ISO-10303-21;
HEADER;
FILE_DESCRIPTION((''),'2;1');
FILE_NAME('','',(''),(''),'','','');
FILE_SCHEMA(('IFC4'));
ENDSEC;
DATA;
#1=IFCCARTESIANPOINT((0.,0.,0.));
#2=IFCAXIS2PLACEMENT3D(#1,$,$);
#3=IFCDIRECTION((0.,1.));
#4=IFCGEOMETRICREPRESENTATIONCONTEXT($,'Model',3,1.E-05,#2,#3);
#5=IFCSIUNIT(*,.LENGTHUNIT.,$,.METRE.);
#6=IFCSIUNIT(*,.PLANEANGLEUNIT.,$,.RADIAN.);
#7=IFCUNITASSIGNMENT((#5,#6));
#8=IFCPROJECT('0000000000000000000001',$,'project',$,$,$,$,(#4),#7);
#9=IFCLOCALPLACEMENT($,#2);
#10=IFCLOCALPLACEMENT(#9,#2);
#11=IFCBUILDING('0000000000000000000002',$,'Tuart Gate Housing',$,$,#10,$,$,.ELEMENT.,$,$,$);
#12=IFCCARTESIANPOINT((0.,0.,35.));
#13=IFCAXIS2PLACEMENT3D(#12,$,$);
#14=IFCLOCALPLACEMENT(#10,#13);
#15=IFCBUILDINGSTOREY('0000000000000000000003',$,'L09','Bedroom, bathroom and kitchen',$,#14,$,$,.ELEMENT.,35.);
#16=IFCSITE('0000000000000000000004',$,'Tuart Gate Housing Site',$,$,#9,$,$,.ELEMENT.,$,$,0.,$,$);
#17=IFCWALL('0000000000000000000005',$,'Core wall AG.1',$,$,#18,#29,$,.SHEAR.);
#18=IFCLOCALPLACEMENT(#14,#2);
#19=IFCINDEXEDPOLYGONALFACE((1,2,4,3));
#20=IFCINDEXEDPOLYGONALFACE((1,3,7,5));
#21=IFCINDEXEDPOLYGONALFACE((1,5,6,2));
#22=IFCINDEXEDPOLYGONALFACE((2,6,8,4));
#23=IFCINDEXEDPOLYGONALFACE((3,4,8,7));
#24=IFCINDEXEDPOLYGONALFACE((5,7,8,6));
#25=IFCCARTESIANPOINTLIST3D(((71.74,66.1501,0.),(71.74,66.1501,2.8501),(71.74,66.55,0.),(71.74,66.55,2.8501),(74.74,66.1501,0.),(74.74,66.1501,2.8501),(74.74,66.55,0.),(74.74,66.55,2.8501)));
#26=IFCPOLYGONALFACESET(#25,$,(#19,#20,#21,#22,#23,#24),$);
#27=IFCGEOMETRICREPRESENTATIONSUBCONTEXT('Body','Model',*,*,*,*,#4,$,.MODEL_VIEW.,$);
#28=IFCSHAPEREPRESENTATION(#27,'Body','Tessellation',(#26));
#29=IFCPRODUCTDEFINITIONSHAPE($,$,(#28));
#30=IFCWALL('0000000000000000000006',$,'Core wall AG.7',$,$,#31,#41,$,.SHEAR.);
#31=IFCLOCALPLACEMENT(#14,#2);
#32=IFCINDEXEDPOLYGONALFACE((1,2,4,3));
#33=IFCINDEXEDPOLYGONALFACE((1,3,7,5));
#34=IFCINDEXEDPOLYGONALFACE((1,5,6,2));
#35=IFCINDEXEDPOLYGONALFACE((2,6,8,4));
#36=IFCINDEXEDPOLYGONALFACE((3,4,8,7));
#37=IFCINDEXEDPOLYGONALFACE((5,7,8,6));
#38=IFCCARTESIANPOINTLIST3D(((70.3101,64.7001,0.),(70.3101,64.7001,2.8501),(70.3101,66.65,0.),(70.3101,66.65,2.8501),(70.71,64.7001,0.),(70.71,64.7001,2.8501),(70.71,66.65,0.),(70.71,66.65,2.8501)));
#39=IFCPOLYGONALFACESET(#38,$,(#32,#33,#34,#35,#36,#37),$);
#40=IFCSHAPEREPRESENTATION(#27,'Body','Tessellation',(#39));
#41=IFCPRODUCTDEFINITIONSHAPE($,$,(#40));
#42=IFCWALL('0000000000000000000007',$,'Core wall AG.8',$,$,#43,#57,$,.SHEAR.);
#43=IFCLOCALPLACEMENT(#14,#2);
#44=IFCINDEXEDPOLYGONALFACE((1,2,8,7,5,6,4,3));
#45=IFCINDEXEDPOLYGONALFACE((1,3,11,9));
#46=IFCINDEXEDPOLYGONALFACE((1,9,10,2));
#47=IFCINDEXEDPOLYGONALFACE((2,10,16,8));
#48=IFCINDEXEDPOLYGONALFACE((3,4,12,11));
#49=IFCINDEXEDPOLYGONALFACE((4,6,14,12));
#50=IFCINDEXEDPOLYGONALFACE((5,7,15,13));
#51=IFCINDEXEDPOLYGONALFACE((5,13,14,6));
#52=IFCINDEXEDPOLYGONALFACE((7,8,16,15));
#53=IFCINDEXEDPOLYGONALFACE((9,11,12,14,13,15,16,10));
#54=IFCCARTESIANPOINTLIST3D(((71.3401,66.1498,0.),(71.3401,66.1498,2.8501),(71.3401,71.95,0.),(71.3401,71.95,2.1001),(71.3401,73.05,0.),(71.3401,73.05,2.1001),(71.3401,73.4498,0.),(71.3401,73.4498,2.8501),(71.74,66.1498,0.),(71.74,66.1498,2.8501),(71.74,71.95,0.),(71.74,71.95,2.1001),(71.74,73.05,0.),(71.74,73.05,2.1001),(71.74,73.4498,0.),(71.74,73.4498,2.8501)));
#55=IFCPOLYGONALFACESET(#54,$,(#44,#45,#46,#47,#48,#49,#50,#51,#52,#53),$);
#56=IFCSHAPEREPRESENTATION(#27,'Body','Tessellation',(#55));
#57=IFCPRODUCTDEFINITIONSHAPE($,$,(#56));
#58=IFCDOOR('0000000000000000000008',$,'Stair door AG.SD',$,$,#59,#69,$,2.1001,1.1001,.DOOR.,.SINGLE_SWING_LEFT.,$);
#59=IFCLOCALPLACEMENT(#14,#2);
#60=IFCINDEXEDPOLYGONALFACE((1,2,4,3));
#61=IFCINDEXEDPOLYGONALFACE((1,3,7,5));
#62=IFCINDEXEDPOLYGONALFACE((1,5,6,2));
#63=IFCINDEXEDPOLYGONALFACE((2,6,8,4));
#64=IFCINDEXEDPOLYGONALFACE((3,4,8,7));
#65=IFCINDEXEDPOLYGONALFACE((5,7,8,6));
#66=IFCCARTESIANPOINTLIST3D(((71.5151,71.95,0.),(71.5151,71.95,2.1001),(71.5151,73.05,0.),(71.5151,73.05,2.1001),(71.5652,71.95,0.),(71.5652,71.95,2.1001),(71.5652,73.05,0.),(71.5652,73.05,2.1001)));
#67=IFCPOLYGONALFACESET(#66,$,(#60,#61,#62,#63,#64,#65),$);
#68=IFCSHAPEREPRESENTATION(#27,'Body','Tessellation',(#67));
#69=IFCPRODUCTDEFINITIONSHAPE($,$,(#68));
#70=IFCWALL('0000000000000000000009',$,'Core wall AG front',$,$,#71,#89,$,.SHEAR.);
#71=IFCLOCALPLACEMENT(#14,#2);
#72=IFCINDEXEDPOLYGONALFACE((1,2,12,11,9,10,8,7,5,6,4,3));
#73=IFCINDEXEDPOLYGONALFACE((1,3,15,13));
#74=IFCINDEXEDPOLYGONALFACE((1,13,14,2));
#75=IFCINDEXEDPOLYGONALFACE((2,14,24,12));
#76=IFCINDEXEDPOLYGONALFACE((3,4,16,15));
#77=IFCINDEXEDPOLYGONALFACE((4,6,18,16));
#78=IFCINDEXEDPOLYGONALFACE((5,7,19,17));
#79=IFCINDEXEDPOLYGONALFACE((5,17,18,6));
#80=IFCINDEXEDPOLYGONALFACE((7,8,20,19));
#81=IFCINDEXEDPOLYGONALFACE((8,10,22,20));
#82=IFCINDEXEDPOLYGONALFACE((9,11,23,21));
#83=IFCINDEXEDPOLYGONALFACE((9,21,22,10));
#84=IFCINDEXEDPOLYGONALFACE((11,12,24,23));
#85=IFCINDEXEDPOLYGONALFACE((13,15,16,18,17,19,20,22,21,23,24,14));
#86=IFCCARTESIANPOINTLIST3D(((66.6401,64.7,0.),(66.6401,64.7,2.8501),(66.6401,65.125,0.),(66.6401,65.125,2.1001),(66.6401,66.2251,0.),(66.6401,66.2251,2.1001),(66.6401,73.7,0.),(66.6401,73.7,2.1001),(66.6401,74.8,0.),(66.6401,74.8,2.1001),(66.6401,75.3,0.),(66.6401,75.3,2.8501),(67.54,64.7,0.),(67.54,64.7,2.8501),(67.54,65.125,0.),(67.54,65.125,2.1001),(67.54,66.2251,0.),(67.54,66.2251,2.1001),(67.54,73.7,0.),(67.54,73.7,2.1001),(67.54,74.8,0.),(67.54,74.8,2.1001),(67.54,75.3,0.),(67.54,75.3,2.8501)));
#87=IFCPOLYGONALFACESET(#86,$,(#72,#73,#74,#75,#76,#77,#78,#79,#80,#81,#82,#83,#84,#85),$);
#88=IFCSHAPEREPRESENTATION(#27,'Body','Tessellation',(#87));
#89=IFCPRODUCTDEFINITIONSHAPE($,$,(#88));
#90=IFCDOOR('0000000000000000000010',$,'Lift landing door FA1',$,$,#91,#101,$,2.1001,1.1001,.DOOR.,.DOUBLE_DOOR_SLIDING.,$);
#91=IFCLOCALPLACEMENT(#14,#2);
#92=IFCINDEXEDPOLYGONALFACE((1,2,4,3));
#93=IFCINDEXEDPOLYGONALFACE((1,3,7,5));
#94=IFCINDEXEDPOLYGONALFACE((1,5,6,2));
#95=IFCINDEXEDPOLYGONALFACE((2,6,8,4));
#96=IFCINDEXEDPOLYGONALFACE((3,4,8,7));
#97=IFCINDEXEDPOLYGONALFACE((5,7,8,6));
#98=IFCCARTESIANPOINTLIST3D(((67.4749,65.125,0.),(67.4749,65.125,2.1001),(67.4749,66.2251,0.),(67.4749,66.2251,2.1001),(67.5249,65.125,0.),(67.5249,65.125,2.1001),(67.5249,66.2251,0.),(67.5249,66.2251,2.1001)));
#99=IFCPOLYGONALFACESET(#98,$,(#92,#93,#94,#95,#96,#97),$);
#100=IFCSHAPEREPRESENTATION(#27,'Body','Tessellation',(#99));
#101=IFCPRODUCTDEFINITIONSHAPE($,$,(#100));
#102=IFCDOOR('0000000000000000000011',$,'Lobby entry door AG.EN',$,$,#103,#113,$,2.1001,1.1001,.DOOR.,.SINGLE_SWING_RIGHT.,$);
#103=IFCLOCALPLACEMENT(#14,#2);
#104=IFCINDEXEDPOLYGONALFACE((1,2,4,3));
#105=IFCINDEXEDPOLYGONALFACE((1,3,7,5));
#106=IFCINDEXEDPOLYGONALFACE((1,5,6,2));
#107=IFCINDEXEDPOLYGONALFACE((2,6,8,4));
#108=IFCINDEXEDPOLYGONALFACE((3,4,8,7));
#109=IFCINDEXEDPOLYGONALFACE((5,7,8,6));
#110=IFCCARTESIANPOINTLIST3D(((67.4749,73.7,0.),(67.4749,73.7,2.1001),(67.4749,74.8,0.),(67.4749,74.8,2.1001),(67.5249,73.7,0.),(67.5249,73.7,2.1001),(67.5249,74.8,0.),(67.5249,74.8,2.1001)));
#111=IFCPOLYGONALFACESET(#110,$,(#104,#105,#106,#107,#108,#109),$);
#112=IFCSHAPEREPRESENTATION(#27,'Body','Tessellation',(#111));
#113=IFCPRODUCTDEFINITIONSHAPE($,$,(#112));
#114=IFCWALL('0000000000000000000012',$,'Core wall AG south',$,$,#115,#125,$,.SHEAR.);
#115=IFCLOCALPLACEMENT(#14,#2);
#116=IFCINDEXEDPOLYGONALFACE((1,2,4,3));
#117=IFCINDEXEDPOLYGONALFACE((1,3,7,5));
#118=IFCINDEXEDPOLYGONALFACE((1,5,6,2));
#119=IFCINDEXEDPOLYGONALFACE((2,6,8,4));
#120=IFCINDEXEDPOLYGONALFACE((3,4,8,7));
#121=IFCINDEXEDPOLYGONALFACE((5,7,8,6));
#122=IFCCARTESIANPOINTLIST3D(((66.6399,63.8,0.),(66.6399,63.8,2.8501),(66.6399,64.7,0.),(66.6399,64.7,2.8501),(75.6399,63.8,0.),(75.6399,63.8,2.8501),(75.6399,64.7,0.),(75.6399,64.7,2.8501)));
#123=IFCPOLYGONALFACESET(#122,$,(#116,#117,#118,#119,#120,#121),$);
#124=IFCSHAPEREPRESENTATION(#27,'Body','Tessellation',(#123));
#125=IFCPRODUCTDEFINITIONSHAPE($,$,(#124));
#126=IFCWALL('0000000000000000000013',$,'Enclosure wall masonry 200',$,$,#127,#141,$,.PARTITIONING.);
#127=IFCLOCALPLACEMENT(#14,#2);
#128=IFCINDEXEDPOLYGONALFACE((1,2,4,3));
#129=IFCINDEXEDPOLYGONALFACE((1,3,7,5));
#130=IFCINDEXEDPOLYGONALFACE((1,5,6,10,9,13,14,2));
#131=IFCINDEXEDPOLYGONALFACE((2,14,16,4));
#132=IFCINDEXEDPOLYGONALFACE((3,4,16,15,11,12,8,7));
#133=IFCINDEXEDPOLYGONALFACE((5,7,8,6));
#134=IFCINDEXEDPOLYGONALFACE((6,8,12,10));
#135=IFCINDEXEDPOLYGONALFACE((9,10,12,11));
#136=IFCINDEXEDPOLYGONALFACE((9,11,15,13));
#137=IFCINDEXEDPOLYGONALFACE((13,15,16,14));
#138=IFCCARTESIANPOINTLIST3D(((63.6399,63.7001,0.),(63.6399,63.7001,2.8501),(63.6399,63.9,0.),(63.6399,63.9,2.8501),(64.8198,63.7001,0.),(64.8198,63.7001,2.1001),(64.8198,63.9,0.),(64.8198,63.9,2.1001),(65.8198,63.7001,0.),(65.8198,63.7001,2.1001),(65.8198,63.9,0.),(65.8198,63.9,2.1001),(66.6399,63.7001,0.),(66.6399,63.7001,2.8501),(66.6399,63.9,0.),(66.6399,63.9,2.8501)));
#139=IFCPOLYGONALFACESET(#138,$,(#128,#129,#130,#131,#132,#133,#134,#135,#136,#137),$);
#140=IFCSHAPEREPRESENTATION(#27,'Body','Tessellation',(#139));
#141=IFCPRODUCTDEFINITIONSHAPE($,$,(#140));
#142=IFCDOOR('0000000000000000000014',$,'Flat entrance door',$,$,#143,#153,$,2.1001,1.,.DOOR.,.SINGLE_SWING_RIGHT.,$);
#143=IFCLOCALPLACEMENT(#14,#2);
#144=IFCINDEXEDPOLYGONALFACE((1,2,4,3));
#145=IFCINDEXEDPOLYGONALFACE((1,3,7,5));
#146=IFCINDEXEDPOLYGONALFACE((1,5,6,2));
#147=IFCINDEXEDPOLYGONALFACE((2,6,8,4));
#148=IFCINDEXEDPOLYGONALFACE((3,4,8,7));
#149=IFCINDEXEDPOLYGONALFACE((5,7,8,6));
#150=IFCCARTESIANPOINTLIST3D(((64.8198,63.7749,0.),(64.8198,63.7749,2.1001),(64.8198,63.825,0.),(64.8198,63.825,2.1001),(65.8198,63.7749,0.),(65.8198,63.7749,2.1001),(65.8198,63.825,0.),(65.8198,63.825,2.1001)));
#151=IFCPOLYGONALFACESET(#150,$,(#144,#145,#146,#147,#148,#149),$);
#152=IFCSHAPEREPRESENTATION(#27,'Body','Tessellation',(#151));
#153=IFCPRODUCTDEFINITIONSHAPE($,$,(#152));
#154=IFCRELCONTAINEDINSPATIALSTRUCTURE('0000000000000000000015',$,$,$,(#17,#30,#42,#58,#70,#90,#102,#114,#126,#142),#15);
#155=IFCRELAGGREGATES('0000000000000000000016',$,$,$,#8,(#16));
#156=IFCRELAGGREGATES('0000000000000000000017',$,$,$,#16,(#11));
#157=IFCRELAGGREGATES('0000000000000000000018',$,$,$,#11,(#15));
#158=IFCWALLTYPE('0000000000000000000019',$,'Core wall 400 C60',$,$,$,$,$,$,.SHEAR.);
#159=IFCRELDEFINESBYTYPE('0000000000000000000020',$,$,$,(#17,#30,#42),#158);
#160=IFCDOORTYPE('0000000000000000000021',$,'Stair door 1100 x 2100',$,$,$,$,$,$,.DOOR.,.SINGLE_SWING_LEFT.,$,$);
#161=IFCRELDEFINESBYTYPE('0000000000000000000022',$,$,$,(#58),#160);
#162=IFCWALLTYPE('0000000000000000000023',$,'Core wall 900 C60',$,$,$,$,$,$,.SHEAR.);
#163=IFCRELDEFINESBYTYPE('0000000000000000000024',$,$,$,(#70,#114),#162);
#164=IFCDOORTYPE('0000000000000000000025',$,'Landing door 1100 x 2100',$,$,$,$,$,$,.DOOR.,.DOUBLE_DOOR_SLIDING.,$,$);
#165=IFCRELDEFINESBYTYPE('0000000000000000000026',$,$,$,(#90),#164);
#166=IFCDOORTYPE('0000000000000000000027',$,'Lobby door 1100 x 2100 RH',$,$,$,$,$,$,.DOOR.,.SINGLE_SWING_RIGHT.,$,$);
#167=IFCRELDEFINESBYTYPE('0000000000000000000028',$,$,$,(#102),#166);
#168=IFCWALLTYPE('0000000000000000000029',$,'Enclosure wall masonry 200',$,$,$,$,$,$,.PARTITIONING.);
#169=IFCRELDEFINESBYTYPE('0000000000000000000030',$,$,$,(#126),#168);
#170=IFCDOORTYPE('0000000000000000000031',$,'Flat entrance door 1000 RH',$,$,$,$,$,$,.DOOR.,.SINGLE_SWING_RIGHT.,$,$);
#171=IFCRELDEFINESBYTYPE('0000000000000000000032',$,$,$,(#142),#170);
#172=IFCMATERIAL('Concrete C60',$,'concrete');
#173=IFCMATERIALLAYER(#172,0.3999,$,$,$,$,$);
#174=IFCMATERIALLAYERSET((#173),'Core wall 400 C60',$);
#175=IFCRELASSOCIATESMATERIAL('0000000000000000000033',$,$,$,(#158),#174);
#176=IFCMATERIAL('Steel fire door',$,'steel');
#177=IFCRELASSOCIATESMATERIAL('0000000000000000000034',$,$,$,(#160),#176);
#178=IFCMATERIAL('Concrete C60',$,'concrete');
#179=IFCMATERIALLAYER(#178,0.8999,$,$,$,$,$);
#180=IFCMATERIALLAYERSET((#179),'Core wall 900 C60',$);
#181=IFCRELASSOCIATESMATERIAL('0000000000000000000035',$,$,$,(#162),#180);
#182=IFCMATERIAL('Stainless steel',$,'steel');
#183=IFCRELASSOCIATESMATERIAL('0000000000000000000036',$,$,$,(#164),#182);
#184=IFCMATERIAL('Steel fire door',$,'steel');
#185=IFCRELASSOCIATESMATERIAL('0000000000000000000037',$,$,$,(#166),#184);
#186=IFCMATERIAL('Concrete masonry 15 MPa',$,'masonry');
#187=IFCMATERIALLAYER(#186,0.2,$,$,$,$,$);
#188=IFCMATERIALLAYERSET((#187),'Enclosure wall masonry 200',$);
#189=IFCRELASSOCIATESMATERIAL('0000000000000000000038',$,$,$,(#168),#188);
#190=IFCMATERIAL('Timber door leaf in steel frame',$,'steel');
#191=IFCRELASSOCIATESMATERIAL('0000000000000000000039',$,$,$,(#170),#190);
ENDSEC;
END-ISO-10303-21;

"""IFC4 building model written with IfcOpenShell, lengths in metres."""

from ifc_helpers import new_model, si_unit, direction, frame, frame_2d, origin, place, context, subcontext, project, spatial, rectangle, extrude, material, layer, layer_set, type_object, element, fill, save


model = new_model("IFC4")

# Units and contexts
model_context = context("Model", 3, precision=1e-05, world=origin(), true_north=direction((0.0, 1.0)))
body_context = subcontext(model_context, "Body", "Model", "MODEL_VIEW")
ifc_project = project(units=[si_unit("LENGTHUNIT", "METRE"), si_unit("PLANEANGLEUNIT", "RADIAN")], contexts=[model_context])

# Site, building, storey
site_placement = place(None, origin())
site = spatial("IfcSite", under=ifc_project, at=site_placement, Name="Tuart Gate Housing Site", CompositionType="ELEMENT", RefElevation=0.0)
building_placement = place(site_placement, origin())
building = spatial("IfcBuilding", under=site, at=building_placement, Name="Tuart Gate Housing", CompositionType="ELEMENT")
storey_placement = place(building_placement, frame((0.0, 0.0, 35.0)))
storey = spatial("IfcBuildingStorey", under=building, at=storey_placement, Name="L09", Description="Bedroom, bathroom and kitchen", CompositionType="ELEMENT", Elevation=35.0)

# Walls
ifc_material_1 = material(Name="Concrete C60", Category="concrete")
ifc_layer_1 = layer(ifc_material_1, 0.3999)
ifc_layer_set_1 = layer_set([ifc_layer_1], Name="Core wall 400 C60")
wall_type_1 = type_object("IfcWallType", Name="Core wall 400 C60", PredefinedType="SHEAR", material=ifc_layer_set_1)
wall_1_placement = place(storey_placement, frame((71.74, 66.3501, 0.0), z_axis=(0.0, 0.0, 1.0), x_axis=(1.0, 0.0, 0.0)))
element("IfcWall", 1, at=wall_1_placement, inside=storey, type_object=wall_type_1, Name="Core wall AG.1", PredefinedType="SHEAR", context=body_context, shape_type="SweptSolid", body=[
    extrude(rectangle(XDim=3.0, YDim=0.3999, at=frame_2d((1.5, 0.0))), origin(), (0.0, 0.0, 1.0), 2.8501),
])
wall_2_placement = place(storey_placement, frame((70.51, 64.7, 0.0), z_axis=(0.0, 0.0, 1.0), x_axis=(0.0, 1.0, 0.0)))
element("IfcWall", 2, at=wall_2_placement, inside=storey, type_object=wall_type_1, Name="Core wall AG.7", PredefinedType="SHEAR", context=body_context, shape_type="SweptSolid", body=[
    extrude(rectangle(XDim=1.95, YDim=0.3999, at=frame_2d((0.9751, 0.0))), origin(), (0.0, 0.0, 1.0), 2.8501),
])

# Wall, opening, door
wall_3_placement = place(storey_placement, frame((71.54, 66.1499, 0.0), z_axis=(0.0, 0.0, 1.0), x_axis=(0.0, 1.0, 0.0)))
wall_3 = element("IfcWall", 3, at=wall_3_placement, inside=storey, type_object=wall_type_1, Name="Core wall AG.8", PredefinedType="SHEAR", context=body_context, shape_type="SweptSolid", body=[
    extrude(rectangle(XDim=7.3, YDim=0.3999, at=frame_2d((3.6499, 0.0))), origin(), (0.0, 0.0, 1.0), 2.8501),
])
opening_1_placement = place(wall_3_placement, frame((5.8, 0.0, 0.0)))
opening_1 = element("IfcOpeningElement", 4, at=opening_1_placement, cuts=wall_3, PredefinedType="OPENING", context=body_context, shape_type="SweptSolid", body=[
    extrude(rectangle(XDim=1.1001, YDim=2.1001, at=frame_2d((0.55, 1.05))), frame((0.0, 0.21, 0.0), z_axis=(0.0, -1.0, 0.0), x_axis=(1.0, 0.0, 0.0)), (0.0, 0.0, 1.0), 0.4199),
])
ifc_material_2 = material(Name="Steel fire door", Category="steel")
door_type_1 = type_object("IfcDoorType", Name="Stair door 1100 x 2100", OperationType="SINGLE_SWING_LEFT", PredefinedType="DOOR", material=ifc_material_2)
door_1_placement = place(opening_1_placement, frame((1.1001, 0.0, 0.0), z_axis=(0.0, 0.0, 1.0), x_axis=(-1.0, 0.0, 0.0)))
door_1 = element("IfcDoor", 5, at=door_1_placement, inside=storey, type_object=door_type_1, Name="Stair door AG.SD", OperationType="SINGLE_SWING_LEFT", OverallHeight=2.1001, OverallWidth=1.1001, PredefinedType="DOOR", context=body_context, shape_type="SweptSolid", body=[
    extrude(rectangle(XDim=1.1001, YDim=2.1001, at=frame_2d((0.55, 1.05))), frame((0.0, 0.0251, 0.0), z_axis=(0.0, -1.0, 0.0), x_axis=(1.0, 0.0, 0.0)), (0.0, 0.0, 1.0), 0.05),
])
fill(opening_1, door_1)

# Wall, openings, doors
ifc_material_3 = material(Name="Concrete C60", Category="concrete")
ifc_layer_2 = layer(ifc_material_3, 0.8999)
ifc_layer_set_2 = layer_set([ifc_layer_2], Name="Core wall 900 C60")
wall_type_2 = type_object("IfcWallType", Name="Core wall 900 C60", PredefinedType="SHEAR", material=ifc_layer_set_2)
wall_4_placement = place(storey_placement, frame((67.0901, 64.7, 0.0), z_axis=(0.0, 0.0, 1.0), x_axis=(0.0, 1.0, 0.0)))
wall_4 = element("IfcWall", 6, at=wall_4_placement, inside=storey, type_object=wall_type_2, Name="Core wall AG front", PredefinedType="SHEAR", context=body_context, shape_type="SweptSolid", body=[
    extrude(rectangle(XDim=10.6001, YDim=0.8999, at=frame_2d((5.3, 0.0))), origin(), (0.0, 0.0, 1.0), 2.8501),
])
opening_2_placement = place(wall_4_placement, frame((0.425, 0.0, 0.0)))
opening_2 = element("IfcOpeningElement", 7, at=opening_2_placement, cuts=wall_4, PredefinedType="OPENING", context=body_context, shape_type="SweptSolid", body=[
    extrude(rectangle(XDim=1.1001, YDim=2.1001, at=frame_2d((0.55, 1.05))), frame((0.0, 0.46, 0.0), z_axis=(0.0, -1.0, 0.0), x_axis=(1.0, 0.0, 0.0)), (0.0, 0.0, 1.0), 0.9199),
])
opening_3_placement = place(wall_4_placement, frame((9.0, 0.0, 0.0)))
opening_3 = element("IfcOpeningElement", 8, at=opening_3_placement, cuts=wall_4, PredefinedType="OPENING", context=body_context, shape_type="SweptSolid", body=[
    extrude(rectangle(XDim=1.1001, YDim=2.1001, at=frame_2d((0.55, 1.05))), frame((0.0, 0.46, 0.0), z_axis=(0.0, -1.0, 0.0), x_axis=(1.0, 0.0, 0.0)), (0.0, 0.0, 1.0), 0.9199),
])
ifc_material_4 = material(Name="Stainless steel", Category="steel")
door_type_2 = type_object("IfcDoorType", Name="Landing door 1100 x 2100", OperationType="DOUBLE_DOOR_SLIDING", PredefinedType="DOOR", material=ifc_material_4)
door_2_placement = place(opening_2_placement, origin())
door_2 = element("IfcDoor", 9, at=door_2_placement, inside=storey, type_object=door_type_2, Name="Lift landing door FA1", OperationType="DOUBLE_DOOR_SLIDING", OverallHeight=2.1001, OverallWidth=1.1001, PredefinedType="DOOR", context=body_context, shape_type="SweptSolid", body=[
    extrude(rectangle(XDim=1.1001, YDim=2.1001, at=frame_2d((0.55, 1.05))), frame((0.0, -0.3848, 0.0), z_axis=(0.0, -1.0, 0.0), x_axis=(1.0, 0.0, 0.0)), (0.0, 0.0, 1.0), 0.05),
])
fill(opening_2, door_2)
ifc_material_5 = material(Name="Steel fire door", Category="steel")
door_type_3 = type_object("IfcDoorType", Name="Lobby door 1100 x 2100 RH", OperationType="SINGLE_SWING_RIGHT", PredefinedType="DOOR", material=ifc_material_5)
door_3_placement = place(opening_3_placement, frame((1.1001, 0.0, 0.0), z_axis=(0.0, 0.0, 1.0), x_axis=(-1.0, 0.0, 0.0)))
door_3 = element("IfcDoor", 10, at=door_3_placement, inside=storey, type_object=door_type_3, Name="Lobby entry door AG.EN", OperationType="SINGLE_SWING_RIGHT", OverallHeight=2.1001, OverallWidth=1.1001, PredefinedType="DOOR", context=body_context, shape_type="SweptSolid", body=[
    extrude(rectangle(XDim=1.1001, YDim=2.1001, at=frame_2d((0.55, 1.05))), frame((0.0, 0.4348, 0.0), z_axis=(0.0, -1.0, 0.0), x_axis=(1.0, 0.0, 0.0)), (0.0, 0.0, 1.0), 0.05),
])
fill(opening_3, door_3)

# Wall
wall_5_placement = place(storey_placement, frame((66.6399, 64.25, 0.0), z_axis=(0.0, 0.0, 1.0), x_axis=(1.0, 0.0, 0.0)))
element("IfcWall", 11, at=wall_5_placement, inside=storey, type_object=wall_type_2, Name="Core wall AG south", PredefinedType="SHEAR", context=body_context, shape_type="SweptSolid", body=[
    extrude(rectangle(XDim=9.0, YDim=0.8999, at=frame_2d((4.5, 0.0))), origin(), (0.0, 0.0, 1.0), 2.8501),
])

# Wall, opening, door
ifc_material_6 = material(Name="Concrete masonry 15 MPa", Category="masonry")
ifc_layer_3 = layer(ifc_material_6, 0.2)
ifc_layer_set_3 = layer_set([ifc_layer_3], Name="Enclosure wall masonry 200")
wall_type_3 = type_object("IfcWallType", Name="Enclosure wall masonry 200", PredefinedType="PARTITIONING", material=ifc_layer_set_3)
wall_6_placement = place(storey_placement, frame((63.6399, 63.8, 0.0), z_axis=(0.0, 0.0, 1.0), x_axis=(1.0, 0.0, 0.0)))
wall_6 = element("IfcWall", 12, at=wall_6_placement, inside=storey, type_object=wall_type_3, Name="Enclosure wall masonry 200", PredefinedType="PARTITIONING", context=body_context, shape_type="SweptSolid", body=[
    extrude(rectangle(XDim=3.0, YDim=0.2, at=frame_2d((1.5, 0.0))), origin(), (0.0, 0.0, 1.0), 2.8501),
])
opening_4_placement = place(wall_6_placement, frame((1.1799, 0.0, 0.0)))
opening_4 = element("IfcOpeningElement", 13, at=opening_4_placement, cuts=wall_6, PredefinedType="OPENING", context=body_context, shape_type="SweptSolid", body=[
    extrude(rectangle(XDim=1.0, YDim=2.1001, at=frame_2d((0.5, 1.05))), frame((0.0, 0.1099, 0.0), z_axis=(0.0, -1.0, 0.0), x_axis=(1.0, 0.0, 0.0)), (0.0, 0.0, 1.0), 0.22),
])
ifc_material_7 = material(Name="Timber door leaf in steel frame", Category="steel")
door_type_4 = type_object("IfcDoorType", Name="Flat entrance door 1000 RH", OperationType="SINGLE_SWING_RIGHT", PredefinedType="DOOR", material=ifc_material_7)
door_4_placement = place(opening_4_placement, frame((1.0, 0.0, 0.0), z_axis=(0.0, 0.0, 1.0), x_axis=(-1.0, 0.0, 0.0)))
door_4 = element("IfcDoor", 14, at=door_4_placement, inside=storey, type_object=door_type_4, Name="Flat entrance door", OperationType="SINGLE_SWING_RIGHT", OverallHeight=2.1001, OverallWidth=1.0, PredefinedType="DOOR", context=body_context, shape_type="SweptSolid", body=[
    extrude(rectangle(XDim=1.0, YDim=2.1001, at=frame_2d((0.5, 1.05))), frame((0.0, 0.0251, 0.0), z_axis=(0.0, -1.0, 0.0), x_axis=(1.0, 0.0, 0.0)), (0.0, 0.0, 1.0), 0.05),
])
fill(opening_4, door_4)

save(model, "model.ifc")
